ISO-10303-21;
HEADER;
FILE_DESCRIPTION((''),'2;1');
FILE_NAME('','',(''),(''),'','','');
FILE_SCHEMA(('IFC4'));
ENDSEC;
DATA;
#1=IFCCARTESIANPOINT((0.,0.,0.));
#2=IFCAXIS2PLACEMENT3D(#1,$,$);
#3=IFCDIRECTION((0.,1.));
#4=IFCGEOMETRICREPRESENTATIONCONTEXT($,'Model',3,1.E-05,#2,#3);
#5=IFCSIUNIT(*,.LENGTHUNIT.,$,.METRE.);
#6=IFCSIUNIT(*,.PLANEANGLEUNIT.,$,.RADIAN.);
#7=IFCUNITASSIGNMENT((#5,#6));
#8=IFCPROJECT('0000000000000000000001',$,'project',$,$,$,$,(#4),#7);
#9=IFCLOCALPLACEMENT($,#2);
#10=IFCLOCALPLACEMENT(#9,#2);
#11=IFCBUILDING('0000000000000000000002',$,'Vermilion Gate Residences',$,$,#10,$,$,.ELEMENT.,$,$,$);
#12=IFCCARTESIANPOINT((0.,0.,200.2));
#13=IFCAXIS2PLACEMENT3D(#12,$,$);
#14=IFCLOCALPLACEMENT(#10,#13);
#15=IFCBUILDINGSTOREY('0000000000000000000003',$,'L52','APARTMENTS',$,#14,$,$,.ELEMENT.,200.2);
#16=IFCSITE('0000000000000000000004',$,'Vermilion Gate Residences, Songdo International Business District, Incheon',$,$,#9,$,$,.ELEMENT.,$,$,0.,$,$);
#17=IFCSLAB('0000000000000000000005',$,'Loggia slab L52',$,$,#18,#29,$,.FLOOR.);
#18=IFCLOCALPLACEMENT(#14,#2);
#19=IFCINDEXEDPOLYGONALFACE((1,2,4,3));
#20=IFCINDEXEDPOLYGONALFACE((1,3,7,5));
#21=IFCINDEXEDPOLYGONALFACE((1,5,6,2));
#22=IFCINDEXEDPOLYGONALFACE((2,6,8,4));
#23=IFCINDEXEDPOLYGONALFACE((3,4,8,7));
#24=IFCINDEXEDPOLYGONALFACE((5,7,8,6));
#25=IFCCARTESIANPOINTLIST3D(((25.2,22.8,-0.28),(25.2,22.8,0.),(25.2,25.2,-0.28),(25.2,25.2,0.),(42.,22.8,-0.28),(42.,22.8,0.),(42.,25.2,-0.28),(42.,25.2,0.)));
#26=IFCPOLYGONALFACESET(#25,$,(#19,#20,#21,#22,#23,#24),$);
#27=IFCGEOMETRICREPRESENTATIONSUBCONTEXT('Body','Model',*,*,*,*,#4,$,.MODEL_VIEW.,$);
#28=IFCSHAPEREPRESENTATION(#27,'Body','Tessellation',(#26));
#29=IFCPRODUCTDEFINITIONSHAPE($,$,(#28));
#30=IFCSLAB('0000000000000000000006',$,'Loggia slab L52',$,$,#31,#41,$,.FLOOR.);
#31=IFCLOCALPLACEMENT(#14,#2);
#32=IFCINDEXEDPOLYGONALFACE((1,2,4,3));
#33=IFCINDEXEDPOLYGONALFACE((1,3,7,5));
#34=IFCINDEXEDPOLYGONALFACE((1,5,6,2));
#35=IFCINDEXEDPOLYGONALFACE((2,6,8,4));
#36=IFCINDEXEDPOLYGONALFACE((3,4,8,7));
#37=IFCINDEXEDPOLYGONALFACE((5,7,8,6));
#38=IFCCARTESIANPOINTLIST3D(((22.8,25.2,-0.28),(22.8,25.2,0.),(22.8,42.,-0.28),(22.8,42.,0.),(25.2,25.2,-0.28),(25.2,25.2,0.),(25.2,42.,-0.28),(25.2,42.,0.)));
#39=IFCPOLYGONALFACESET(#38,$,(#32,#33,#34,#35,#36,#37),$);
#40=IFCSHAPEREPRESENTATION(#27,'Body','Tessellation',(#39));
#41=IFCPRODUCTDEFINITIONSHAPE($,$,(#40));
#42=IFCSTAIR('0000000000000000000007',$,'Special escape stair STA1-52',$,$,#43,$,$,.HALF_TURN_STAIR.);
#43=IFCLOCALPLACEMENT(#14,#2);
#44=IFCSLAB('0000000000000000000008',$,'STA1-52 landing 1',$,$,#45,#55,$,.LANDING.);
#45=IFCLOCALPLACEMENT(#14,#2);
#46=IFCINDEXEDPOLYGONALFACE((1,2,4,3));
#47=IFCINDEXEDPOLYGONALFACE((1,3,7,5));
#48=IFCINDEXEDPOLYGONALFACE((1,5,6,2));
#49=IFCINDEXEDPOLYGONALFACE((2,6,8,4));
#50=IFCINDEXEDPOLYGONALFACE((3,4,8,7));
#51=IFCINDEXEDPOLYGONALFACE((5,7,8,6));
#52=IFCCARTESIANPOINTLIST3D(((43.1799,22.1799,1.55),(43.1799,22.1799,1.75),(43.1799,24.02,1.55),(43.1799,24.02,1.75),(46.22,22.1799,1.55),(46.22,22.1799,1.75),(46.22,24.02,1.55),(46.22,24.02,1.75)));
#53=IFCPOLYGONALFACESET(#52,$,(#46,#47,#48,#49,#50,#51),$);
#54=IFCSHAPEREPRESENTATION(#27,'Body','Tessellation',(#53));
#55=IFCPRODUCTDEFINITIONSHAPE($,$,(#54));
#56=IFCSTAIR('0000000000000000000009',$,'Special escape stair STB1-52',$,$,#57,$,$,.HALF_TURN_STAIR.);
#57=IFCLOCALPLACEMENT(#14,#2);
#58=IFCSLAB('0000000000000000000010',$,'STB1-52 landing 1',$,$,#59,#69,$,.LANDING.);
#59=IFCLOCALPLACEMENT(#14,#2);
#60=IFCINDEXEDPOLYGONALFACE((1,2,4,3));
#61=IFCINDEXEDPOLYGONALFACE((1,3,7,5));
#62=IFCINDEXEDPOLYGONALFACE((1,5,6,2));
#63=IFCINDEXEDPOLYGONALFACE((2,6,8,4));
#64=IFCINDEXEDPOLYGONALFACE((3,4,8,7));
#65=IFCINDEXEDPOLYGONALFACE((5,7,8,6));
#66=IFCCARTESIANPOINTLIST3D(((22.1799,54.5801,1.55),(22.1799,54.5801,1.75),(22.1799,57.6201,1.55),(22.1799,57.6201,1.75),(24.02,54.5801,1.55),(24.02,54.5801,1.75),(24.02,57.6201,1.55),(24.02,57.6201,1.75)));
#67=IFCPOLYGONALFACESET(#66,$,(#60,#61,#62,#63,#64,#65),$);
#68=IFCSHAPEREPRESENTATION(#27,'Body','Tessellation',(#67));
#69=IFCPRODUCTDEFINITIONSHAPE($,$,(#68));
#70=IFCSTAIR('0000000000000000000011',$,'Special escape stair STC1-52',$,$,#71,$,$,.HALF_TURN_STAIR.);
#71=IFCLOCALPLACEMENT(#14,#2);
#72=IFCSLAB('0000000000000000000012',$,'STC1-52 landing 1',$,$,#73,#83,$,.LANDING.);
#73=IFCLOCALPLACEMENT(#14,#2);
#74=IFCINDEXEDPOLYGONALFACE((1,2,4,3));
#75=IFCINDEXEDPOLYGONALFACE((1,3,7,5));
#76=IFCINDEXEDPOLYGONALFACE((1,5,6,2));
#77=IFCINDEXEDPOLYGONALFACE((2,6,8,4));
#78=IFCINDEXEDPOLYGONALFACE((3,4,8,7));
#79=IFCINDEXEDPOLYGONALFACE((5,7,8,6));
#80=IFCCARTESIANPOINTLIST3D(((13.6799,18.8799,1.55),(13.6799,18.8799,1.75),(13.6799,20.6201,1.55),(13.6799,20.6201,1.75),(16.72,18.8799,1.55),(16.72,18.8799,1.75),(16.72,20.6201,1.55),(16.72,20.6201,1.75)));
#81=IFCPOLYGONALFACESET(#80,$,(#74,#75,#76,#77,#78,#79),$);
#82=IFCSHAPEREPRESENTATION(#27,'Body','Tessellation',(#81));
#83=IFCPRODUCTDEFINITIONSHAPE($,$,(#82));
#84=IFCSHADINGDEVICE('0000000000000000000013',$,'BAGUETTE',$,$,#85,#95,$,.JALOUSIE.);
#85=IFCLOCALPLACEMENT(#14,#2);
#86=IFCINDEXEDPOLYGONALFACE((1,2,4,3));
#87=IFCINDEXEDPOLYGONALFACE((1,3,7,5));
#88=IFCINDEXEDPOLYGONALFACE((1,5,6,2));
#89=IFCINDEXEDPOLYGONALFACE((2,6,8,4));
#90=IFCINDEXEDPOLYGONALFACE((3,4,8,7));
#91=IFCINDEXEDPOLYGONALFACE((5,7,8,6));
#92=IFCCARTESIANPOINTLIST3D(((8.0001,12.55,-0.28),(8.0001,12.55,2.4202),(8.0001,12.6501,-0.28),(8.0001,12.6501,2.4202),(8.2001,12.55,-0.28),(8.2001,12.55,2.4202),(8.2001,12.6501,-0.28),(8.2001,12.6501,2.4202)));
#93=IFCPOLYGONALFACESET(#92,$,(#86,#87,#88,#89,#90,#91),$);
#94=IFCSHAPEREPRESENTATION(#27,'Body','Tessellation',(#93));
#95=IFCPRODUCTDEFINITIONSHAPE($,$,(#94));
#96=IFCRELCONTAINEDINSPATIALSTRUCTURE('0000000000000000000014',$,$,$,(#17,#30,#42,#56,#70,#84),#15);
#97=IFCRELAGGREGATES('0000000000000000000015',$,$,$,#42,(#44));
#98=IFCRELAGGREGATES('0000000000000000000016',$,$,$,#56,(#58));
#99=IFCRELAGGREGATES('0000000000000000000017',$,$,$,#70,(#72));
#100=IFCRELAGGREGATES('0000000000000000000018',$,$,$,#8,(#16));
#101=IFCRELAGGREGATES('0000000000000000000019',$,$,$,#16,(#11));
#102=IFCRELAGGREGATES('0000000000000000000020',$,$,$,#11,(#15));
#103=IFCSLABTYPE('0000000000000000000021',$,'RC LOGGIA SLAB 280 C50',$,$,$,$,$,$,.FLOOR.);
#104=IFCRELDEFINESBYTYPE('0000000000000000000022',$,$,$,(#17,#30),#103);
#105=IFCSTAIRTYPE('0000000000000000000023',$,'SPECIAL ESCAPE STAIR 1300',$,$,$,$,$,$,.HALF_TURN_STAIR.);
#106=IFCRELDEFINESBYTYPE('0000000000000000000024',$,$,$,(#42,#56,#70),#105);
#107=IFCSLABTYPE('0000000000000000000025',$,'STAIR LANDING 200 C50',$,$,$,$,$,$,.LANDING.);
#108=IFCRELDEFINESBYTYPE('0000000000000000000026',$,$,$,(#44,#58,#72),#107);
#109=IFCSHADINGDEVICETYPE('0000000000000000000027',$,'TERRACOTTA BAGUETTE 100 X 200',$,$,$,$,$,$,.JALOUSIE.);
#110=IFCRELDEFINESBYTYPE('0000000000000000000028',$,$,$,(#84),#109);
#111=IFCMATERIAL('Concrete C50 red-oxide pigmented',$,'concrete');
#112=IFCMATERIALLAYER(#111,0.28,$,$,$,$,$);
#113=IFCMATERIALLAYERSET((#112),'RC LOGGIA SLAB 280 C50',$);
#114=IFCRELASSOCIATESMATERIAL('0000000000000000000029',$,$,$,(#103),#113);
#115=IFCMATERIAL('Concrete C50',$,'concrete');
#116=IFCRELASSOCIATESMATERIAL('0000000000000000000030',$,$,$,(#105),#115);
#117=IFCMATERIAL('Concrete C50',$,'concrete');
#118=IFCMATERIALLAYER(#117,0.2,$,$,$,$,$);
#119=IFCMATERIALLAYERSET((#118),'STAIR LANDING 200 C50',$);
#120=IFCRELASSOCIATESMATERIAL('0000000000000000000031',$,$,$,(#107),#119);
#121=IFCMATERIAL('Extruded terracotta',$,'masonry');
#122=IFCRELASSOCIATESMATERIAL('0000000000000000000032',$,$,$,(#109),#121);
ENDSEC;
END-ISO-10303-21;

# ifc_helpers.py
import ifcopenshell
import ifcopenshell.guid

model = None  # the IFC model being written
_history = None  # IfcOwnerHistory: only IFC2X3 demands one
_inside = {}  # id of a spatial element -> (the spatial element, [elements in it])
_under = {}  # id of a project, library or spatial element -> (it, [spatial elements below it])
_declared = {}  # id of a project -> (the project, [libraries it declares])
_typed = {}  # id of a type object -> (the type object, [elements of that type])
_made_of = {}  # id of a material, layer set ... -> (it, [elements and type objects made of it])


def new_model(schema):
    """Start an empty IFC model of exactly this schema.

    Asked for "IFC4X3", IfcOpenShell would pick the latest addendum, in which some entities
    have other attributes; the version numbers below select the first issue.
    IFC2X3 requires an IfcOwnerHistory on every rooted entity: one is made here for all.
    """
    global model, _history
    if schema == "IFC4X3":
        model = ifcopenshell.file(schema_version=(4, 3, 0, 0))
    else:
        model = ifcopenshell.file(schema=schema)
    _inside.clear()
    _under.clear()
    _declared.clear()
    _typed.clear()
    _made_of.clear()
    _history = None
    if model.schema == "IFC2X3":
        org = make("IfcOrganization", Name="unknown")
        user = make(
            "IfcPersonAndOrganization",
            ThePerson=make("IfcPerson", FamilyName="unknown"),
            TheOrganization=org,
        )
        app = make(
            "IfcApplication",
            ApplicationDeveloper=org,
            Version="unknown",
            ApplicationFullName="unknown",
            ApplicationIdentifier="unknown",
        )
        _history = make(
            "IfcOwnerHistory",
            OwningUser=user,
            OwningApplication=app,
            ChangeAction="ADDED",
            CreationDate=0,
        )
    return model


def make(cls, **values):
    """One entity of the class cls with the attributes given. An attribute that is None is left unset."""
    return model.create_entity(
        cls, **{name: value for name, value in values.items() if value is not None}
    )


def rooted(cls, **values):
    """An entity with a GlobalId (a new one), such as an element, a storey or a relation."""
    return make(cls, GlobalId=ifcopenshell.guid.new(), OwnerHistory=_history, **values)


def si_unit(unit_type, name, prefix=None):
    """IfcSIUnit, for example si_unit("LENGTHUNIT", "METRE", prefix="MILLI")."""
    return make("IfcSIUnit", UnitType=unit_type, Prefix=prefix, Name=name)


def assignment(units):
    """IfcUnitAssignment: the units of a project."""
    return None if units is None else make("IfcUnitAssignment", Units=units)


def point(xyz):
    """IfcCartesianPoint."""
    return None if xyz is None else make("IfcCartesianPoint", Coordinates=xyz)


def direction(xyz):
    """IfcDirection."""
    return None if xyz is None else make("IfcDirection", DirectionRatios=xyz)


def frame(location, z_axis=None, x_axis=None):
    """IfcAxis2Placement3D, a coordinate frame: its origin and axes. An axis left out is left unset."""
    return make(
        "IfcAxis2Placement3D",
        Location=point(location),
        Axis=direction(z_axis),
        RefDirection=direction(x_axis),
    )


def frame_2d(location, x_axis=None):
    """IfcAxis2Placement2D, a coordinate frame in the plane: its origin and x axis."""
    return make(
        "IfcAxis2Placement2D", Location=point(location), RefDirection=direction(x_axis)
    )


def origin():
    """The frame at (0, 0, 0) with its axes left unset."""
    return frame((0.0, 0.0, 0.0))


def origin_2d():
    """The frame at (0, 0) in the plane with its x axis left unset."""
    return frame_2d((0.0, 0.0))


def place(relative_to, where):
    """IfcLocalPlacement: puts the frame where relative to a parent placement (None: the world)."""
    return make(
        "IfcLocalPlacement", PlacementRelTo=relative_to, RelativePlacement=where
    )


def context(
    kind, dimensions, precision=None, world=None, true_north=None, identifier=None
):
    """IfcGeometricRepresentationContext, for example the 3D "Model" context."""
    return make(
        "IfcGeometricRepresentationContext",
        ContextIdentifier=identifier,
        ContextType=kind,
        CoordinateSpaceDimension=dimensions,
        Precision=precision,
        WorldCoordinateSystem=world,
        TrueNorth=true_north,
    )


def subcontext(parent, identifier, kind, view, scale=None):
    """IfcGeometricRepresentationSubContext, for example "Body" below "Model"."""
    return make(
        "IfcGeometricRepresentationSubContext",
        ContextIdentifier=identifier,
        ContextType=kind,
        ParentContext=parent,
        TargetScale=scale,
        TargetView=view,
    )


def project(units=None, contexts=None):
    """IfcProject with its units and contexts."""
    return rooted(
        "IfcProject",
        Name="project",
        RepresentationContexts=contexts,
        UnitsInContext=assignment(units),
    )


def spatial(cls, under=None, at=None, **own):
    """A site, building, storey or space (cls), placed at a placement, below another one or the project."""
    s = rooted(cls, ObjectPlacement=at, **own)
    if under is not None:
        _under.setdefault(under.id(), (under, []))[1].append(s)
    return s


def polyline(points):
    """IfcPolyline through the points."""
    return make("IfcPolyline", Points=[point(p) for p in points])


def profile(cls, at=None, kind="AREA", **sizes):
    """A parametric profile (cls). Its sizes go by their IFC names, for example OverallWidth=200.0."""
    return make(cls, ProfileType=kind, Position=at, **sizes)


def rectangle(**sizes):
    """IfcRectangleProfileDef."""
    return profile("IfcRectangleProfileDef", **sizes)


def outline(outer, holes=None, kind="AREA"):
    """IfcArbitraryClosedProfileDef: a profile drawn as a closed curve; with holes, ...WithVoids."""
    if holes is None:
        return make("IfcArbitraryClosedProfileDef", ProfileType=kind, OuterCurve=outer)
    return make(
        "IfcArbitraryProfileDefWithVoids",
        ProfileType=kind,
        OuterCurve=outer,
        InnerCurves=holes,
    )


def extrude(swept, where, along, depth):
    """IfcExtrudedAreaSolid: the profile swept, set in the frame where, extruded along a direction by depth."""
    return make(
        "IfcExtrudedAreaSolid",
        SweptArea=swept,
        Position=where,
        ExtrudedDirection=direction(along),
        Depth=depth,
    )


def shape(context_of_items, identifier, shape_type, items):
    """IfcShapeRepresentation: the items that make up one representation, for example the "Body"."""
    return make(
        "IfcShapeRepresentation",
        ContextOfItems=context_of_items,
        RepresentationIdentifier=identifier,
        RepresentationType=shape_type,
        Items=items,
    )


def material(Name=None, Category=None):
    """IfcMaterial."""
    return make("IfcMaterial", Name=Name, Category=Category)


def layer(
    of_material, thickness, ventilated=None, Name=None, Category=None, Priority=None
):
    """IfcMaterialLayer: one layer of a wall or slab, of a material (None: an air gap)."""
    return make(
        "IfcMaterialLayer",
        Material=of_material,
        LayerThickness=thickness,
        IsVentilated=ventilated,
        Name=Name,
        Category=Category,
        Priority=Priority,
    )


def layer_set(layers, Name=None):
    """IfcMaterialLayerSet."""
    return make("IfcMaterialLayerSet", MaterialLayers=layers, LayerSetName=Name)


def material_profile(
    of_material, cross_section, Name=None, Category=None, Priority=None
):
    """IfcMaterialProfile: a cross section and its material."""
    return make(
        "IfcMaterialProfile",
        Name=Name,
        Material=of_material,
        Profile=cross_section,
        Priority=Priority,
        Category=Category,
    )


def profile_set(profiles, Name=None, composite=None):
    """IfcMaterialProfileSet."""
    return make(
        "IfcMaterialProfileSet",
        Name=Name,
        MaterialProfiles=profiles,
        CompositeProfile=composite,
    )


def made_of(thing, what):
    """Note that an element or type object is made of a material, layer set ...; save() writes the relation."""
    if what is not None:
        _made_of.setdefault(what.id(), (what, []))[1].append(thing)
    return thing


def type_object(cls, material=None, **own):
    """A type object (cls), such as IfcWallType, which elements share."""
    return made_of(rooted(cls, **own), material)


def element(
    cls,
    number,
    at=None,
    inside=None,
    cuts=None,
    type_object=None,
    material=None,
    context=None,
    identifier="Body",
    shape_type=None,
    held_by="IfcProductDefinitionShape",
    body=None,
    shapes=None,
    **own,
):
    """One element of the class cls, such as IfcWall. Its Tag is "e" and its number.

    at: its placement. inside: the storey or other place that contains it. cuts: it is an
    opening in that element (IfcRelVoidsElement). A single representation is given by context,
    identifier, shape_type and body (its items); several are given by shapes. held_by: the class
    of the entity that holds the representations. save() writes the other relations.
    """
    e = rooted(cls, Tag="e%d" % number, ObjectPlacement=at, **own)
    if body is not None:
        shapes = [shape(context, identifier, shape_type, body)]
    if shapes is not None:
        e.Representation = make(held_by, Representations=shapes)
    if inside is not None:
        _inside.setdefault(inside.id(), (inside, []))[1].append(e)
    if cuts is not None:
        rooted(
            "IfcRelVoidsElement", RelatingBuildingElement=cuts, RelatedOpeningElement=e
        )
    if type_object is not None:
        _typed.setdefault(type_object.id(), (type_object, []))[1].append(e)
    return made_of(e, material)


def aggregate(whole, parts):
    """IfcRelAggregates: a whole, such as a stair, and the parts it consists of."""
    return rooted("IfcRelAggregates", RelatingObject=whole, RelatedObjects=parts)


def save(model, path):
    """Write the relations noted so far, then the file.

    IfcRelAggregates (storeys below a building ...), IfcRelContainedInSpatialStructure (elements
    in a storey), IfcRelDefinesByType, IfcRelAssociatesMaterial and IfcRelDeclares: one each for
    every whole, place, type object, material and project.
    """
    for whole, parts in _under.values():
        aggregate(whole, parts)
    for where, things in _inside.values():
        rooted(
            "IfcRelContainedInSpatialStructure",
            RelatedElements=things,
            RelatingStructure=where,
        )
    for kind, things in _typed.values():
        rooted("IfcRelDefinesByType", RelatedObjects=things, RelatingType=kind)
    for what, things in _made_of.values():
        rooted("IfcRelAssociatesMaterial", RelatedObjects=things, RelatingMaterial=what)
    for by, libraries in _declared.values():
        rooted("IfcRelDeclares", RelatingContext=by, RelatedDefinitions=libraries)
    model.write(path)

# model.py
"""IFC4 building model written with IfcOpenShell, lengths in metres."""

from ifc_helpers import new_model, si_unit, direction, frame, origin, origin_2d, place, context, subcontext, project, spatial, polyline, rectangle, outline, extrude, material, layer, layer_set, material_profile, profile_set, type_object, element, aggregate, save


model = new_model("IFC4")

# Units and contexts
model_context = context("Model", 3, precision=1e-05, world=origin(), true_north=direction((0.0, 1.0)))
body_context = subcontext(model_context, "Body", "Model", "MODEL_VIEW")
ifc_project = project(units=[si_unit("LENGTHUNIT", "METRE"), si_unit("PLANEANGLEUNIT", "RADIAN")], contexts=[model_context])

# Site, building, storey
site_placement = place(None, origin())
site = spatial("IfcSite", under=ifc_project, at=site_placement, Name="Vermilion Gate Residences, Songdo International Business District, Incheon", CompositionType="ELEMENT", RefElevation=0.0)
building_placement = place(site_placement, origin())
building = spatial("IfcBuilding", under=site, at=building_placement, Name="Vermilion Gate Residences", CompositionType="ELEMENT")
storey_placement = place(building_placement, frame((0.0, 0.0, 200.2)))
storey = spatial("IfcBuildingStorey", under=building, at=storey_placement, Name="L52", Description="APARTMENTS", CompositionType="ELEMENT", Elevation=200.2)

# Slabs
ifc_material_1 = material(Name="Concrete C50 red-oxide pigmented", Category="concrete")
ifc_layer_1 = layer(ifc_material_1, 0.28)
ifc_layer_set_1 = layer_set([ifc_layer_1], Name="RC LOGGIA SLAB 280 C50")
slab_type_1 = type_object("IfcSlabType", Name="RC LOGGIA SLAB 280 C50", PredefinedType="FLOOR", material=ifc_layer_set_1)
slab_1_placement = place(storey_placement, frame((0.0, 0.0, -0.28)))
element("IfcSlab", 1, at=slab_1_placement, inside=storey, type_object=slab_type_1, Name="Loggia slab L52", PredefinedType="FLOOR", context=body_context, shape_type="SweptSolid", body=[
    extrude(outline(polyline([(42.0, 25.2), (25.2, 25.2), (25.2, 22.8), (42.0, 22.8), (42.0, 25.2)])), origin(), (0.0, 0.0, 1.0), 0.28),
])
slab_2_placement = place(storey_placement, frame((0.0, 0.0, -0.28)))
element("IfcSlab", 2, at=slab_2_placement, inside=storey, type_object=slab_type_1, Name="Loggia slab L52", PredefinedType="FLOOR", context=body_context, shape_type="SweptSolid", body=[
    extrude(outline(polyline([(22.8, 42.0), (22.8, 25.2), (25.2, 25.2), (25.2, 42.0), (22.8, 42.0)])), origin(), (0.0, 0.0, 1.0), 0.28),
])

# Stairs, slabs
ifc_material_2 = material(Name="Concrete C50", Category="concrete")
stair_type = type_object("IfcStairType", Name="SPECIAL ESCAPE STAIR 1300", PredefinedType="HALF_TURN_STAIR", material=ifc_material_2)
stair_1_placement = place(storey_placement, origin())
stair_1 = element("IfcStair", 3, at=stair_1_placement, inside=storey, type_object=stair_type, Name="Special escape stair STA1-52", PredefinedType="HALF_TURN_STAIR")
ifc_material_3 = material(Name="Concrete C50", Category="concrete")
ifc_layer_2 = layer(ifc_material_3, 0.2)
ifc_layer_set_2 = layer_set([ifc_layer_2], Name="STAIR LANDING 200 C50")
slab_type_2 = type_object("IfcSlabType", Name="STAIR LANDING 200 C50", PredefinedType="LANDING", material=ifc_layer_set_2)
slab_3_placement = place(storey_placement, frame((0.0, 0.0, 1.55)))
slab_3 = element("IfcSlab", 4, at=slab_3_placement, type_object=slab_type_2, Name="STA1-52 landing 1", PredefinedType="LANDING", context=body_context, shape_type="SweptSolid", body=[
    extrude(outline(polyline([(46.22, 22.1799), (46.22, 24.02), (43.1799, 24.02), (43.1799, 22.1799), (46.22, 22.1799)])), origin(), (0.0, 0.0, 1.0), 0.2),
])
aggregate(stair_1, [slab_3])
stair_2_placement = place(storey_placement, origin())
stair_2 = element("IfcStair", 5, at=stair_2_placement, inside=storey, type_object=stair_type, Name="Special escape stair STB1-52", PredefinedType="HALF_TURN_STAIR")
slab_4_placement = place(storey_placement, frame((0.0, 0.0, 1.55)))
slab_4 = element("IfcSlab", 6, at=slab_4_placement, type_object=slab_type_2, Name="STB1-52 landing 1", PredefinedType="LANDING", context=body_context, shape_type="SweptSolid", body=[
    extrude(outline(polyline([(24.02, 54.5801), (24.02, 57.6201), (22.1799, 57.6201), (22.1799, 54.5801), (24.02, 54.5801)])), origin(), (0.0, 0.0, 1.0), 0.2),
])
aggregate(stair_2, [slab_4])
stair_3_placement = place(storey_placement, origin())
stair_3 = element("IfcStair", 7, at=stair_3_placement, inside=storey, type_object=stair_type, Name="Special escape stair STC1-52", PredefinedType="HALF_TURN_STAIR")
slab_5_placement = place(storey_placement, frame((0.0, 0.0, 1.55)))
slab_5 = element("IfcSlab", 8, at=slab_5_placement, type_object=slab_type_2, Name="STC1-52 landing 1", PredefinedType="LANDING", context=body_context, shape_type="SweptSolid", body=[
    extrude(outline(polyline([(16.72, 18.8799), (16.72, 20.6201), (13.6799, 20.6201), (13.6799, 18.8799), (16.72, 18.8799)])), origin(), (0.0, 0.0, 1.0), 0.2),
])
aggregate(stair_3, [slab_5])

# Shading device
ifc_material_4 = material(Name="Extruded terracotta", Category="masonry")
ifc_material_profile = material_profile(ifc_material_4, rectangle(XDim=0.2, YDim=0.1001, at=origin_2d()), Name="BAGUETTE 100 X 200")
ifc_profile_set = profile_set([ifc_material_profile], Name="Extruded terracotta")
shading_device_type = type_object("IfcShadingDeviceType", Name="TERRACOTTA BAGUETTE 100 X 200", PredefinedType="JALOUSIE", material=ifc_profile_set)
shading_device_placement = place(storey_placement, frame((8.1001, 12.6001, -0.28), z_axis=(0.0, 0.0, 1.0), x_axis=(1.0, 0.0, 0.0)))
element("IfcShadingDevice", 9, at=shading_device_placement, inside=storey, type_object=shading_device_type, Name="BAGUETTE", PredefinedType="JALOUSIE", context=body_context, shape_type="SweptSolid", body=[
    extrude(rectangle(XDim=0.2, YDim=0.1001, at=origin_2d()), origin(), (0.0, 0.0, 1.0), 2.7002),
])

save(model, "model.ifc")
